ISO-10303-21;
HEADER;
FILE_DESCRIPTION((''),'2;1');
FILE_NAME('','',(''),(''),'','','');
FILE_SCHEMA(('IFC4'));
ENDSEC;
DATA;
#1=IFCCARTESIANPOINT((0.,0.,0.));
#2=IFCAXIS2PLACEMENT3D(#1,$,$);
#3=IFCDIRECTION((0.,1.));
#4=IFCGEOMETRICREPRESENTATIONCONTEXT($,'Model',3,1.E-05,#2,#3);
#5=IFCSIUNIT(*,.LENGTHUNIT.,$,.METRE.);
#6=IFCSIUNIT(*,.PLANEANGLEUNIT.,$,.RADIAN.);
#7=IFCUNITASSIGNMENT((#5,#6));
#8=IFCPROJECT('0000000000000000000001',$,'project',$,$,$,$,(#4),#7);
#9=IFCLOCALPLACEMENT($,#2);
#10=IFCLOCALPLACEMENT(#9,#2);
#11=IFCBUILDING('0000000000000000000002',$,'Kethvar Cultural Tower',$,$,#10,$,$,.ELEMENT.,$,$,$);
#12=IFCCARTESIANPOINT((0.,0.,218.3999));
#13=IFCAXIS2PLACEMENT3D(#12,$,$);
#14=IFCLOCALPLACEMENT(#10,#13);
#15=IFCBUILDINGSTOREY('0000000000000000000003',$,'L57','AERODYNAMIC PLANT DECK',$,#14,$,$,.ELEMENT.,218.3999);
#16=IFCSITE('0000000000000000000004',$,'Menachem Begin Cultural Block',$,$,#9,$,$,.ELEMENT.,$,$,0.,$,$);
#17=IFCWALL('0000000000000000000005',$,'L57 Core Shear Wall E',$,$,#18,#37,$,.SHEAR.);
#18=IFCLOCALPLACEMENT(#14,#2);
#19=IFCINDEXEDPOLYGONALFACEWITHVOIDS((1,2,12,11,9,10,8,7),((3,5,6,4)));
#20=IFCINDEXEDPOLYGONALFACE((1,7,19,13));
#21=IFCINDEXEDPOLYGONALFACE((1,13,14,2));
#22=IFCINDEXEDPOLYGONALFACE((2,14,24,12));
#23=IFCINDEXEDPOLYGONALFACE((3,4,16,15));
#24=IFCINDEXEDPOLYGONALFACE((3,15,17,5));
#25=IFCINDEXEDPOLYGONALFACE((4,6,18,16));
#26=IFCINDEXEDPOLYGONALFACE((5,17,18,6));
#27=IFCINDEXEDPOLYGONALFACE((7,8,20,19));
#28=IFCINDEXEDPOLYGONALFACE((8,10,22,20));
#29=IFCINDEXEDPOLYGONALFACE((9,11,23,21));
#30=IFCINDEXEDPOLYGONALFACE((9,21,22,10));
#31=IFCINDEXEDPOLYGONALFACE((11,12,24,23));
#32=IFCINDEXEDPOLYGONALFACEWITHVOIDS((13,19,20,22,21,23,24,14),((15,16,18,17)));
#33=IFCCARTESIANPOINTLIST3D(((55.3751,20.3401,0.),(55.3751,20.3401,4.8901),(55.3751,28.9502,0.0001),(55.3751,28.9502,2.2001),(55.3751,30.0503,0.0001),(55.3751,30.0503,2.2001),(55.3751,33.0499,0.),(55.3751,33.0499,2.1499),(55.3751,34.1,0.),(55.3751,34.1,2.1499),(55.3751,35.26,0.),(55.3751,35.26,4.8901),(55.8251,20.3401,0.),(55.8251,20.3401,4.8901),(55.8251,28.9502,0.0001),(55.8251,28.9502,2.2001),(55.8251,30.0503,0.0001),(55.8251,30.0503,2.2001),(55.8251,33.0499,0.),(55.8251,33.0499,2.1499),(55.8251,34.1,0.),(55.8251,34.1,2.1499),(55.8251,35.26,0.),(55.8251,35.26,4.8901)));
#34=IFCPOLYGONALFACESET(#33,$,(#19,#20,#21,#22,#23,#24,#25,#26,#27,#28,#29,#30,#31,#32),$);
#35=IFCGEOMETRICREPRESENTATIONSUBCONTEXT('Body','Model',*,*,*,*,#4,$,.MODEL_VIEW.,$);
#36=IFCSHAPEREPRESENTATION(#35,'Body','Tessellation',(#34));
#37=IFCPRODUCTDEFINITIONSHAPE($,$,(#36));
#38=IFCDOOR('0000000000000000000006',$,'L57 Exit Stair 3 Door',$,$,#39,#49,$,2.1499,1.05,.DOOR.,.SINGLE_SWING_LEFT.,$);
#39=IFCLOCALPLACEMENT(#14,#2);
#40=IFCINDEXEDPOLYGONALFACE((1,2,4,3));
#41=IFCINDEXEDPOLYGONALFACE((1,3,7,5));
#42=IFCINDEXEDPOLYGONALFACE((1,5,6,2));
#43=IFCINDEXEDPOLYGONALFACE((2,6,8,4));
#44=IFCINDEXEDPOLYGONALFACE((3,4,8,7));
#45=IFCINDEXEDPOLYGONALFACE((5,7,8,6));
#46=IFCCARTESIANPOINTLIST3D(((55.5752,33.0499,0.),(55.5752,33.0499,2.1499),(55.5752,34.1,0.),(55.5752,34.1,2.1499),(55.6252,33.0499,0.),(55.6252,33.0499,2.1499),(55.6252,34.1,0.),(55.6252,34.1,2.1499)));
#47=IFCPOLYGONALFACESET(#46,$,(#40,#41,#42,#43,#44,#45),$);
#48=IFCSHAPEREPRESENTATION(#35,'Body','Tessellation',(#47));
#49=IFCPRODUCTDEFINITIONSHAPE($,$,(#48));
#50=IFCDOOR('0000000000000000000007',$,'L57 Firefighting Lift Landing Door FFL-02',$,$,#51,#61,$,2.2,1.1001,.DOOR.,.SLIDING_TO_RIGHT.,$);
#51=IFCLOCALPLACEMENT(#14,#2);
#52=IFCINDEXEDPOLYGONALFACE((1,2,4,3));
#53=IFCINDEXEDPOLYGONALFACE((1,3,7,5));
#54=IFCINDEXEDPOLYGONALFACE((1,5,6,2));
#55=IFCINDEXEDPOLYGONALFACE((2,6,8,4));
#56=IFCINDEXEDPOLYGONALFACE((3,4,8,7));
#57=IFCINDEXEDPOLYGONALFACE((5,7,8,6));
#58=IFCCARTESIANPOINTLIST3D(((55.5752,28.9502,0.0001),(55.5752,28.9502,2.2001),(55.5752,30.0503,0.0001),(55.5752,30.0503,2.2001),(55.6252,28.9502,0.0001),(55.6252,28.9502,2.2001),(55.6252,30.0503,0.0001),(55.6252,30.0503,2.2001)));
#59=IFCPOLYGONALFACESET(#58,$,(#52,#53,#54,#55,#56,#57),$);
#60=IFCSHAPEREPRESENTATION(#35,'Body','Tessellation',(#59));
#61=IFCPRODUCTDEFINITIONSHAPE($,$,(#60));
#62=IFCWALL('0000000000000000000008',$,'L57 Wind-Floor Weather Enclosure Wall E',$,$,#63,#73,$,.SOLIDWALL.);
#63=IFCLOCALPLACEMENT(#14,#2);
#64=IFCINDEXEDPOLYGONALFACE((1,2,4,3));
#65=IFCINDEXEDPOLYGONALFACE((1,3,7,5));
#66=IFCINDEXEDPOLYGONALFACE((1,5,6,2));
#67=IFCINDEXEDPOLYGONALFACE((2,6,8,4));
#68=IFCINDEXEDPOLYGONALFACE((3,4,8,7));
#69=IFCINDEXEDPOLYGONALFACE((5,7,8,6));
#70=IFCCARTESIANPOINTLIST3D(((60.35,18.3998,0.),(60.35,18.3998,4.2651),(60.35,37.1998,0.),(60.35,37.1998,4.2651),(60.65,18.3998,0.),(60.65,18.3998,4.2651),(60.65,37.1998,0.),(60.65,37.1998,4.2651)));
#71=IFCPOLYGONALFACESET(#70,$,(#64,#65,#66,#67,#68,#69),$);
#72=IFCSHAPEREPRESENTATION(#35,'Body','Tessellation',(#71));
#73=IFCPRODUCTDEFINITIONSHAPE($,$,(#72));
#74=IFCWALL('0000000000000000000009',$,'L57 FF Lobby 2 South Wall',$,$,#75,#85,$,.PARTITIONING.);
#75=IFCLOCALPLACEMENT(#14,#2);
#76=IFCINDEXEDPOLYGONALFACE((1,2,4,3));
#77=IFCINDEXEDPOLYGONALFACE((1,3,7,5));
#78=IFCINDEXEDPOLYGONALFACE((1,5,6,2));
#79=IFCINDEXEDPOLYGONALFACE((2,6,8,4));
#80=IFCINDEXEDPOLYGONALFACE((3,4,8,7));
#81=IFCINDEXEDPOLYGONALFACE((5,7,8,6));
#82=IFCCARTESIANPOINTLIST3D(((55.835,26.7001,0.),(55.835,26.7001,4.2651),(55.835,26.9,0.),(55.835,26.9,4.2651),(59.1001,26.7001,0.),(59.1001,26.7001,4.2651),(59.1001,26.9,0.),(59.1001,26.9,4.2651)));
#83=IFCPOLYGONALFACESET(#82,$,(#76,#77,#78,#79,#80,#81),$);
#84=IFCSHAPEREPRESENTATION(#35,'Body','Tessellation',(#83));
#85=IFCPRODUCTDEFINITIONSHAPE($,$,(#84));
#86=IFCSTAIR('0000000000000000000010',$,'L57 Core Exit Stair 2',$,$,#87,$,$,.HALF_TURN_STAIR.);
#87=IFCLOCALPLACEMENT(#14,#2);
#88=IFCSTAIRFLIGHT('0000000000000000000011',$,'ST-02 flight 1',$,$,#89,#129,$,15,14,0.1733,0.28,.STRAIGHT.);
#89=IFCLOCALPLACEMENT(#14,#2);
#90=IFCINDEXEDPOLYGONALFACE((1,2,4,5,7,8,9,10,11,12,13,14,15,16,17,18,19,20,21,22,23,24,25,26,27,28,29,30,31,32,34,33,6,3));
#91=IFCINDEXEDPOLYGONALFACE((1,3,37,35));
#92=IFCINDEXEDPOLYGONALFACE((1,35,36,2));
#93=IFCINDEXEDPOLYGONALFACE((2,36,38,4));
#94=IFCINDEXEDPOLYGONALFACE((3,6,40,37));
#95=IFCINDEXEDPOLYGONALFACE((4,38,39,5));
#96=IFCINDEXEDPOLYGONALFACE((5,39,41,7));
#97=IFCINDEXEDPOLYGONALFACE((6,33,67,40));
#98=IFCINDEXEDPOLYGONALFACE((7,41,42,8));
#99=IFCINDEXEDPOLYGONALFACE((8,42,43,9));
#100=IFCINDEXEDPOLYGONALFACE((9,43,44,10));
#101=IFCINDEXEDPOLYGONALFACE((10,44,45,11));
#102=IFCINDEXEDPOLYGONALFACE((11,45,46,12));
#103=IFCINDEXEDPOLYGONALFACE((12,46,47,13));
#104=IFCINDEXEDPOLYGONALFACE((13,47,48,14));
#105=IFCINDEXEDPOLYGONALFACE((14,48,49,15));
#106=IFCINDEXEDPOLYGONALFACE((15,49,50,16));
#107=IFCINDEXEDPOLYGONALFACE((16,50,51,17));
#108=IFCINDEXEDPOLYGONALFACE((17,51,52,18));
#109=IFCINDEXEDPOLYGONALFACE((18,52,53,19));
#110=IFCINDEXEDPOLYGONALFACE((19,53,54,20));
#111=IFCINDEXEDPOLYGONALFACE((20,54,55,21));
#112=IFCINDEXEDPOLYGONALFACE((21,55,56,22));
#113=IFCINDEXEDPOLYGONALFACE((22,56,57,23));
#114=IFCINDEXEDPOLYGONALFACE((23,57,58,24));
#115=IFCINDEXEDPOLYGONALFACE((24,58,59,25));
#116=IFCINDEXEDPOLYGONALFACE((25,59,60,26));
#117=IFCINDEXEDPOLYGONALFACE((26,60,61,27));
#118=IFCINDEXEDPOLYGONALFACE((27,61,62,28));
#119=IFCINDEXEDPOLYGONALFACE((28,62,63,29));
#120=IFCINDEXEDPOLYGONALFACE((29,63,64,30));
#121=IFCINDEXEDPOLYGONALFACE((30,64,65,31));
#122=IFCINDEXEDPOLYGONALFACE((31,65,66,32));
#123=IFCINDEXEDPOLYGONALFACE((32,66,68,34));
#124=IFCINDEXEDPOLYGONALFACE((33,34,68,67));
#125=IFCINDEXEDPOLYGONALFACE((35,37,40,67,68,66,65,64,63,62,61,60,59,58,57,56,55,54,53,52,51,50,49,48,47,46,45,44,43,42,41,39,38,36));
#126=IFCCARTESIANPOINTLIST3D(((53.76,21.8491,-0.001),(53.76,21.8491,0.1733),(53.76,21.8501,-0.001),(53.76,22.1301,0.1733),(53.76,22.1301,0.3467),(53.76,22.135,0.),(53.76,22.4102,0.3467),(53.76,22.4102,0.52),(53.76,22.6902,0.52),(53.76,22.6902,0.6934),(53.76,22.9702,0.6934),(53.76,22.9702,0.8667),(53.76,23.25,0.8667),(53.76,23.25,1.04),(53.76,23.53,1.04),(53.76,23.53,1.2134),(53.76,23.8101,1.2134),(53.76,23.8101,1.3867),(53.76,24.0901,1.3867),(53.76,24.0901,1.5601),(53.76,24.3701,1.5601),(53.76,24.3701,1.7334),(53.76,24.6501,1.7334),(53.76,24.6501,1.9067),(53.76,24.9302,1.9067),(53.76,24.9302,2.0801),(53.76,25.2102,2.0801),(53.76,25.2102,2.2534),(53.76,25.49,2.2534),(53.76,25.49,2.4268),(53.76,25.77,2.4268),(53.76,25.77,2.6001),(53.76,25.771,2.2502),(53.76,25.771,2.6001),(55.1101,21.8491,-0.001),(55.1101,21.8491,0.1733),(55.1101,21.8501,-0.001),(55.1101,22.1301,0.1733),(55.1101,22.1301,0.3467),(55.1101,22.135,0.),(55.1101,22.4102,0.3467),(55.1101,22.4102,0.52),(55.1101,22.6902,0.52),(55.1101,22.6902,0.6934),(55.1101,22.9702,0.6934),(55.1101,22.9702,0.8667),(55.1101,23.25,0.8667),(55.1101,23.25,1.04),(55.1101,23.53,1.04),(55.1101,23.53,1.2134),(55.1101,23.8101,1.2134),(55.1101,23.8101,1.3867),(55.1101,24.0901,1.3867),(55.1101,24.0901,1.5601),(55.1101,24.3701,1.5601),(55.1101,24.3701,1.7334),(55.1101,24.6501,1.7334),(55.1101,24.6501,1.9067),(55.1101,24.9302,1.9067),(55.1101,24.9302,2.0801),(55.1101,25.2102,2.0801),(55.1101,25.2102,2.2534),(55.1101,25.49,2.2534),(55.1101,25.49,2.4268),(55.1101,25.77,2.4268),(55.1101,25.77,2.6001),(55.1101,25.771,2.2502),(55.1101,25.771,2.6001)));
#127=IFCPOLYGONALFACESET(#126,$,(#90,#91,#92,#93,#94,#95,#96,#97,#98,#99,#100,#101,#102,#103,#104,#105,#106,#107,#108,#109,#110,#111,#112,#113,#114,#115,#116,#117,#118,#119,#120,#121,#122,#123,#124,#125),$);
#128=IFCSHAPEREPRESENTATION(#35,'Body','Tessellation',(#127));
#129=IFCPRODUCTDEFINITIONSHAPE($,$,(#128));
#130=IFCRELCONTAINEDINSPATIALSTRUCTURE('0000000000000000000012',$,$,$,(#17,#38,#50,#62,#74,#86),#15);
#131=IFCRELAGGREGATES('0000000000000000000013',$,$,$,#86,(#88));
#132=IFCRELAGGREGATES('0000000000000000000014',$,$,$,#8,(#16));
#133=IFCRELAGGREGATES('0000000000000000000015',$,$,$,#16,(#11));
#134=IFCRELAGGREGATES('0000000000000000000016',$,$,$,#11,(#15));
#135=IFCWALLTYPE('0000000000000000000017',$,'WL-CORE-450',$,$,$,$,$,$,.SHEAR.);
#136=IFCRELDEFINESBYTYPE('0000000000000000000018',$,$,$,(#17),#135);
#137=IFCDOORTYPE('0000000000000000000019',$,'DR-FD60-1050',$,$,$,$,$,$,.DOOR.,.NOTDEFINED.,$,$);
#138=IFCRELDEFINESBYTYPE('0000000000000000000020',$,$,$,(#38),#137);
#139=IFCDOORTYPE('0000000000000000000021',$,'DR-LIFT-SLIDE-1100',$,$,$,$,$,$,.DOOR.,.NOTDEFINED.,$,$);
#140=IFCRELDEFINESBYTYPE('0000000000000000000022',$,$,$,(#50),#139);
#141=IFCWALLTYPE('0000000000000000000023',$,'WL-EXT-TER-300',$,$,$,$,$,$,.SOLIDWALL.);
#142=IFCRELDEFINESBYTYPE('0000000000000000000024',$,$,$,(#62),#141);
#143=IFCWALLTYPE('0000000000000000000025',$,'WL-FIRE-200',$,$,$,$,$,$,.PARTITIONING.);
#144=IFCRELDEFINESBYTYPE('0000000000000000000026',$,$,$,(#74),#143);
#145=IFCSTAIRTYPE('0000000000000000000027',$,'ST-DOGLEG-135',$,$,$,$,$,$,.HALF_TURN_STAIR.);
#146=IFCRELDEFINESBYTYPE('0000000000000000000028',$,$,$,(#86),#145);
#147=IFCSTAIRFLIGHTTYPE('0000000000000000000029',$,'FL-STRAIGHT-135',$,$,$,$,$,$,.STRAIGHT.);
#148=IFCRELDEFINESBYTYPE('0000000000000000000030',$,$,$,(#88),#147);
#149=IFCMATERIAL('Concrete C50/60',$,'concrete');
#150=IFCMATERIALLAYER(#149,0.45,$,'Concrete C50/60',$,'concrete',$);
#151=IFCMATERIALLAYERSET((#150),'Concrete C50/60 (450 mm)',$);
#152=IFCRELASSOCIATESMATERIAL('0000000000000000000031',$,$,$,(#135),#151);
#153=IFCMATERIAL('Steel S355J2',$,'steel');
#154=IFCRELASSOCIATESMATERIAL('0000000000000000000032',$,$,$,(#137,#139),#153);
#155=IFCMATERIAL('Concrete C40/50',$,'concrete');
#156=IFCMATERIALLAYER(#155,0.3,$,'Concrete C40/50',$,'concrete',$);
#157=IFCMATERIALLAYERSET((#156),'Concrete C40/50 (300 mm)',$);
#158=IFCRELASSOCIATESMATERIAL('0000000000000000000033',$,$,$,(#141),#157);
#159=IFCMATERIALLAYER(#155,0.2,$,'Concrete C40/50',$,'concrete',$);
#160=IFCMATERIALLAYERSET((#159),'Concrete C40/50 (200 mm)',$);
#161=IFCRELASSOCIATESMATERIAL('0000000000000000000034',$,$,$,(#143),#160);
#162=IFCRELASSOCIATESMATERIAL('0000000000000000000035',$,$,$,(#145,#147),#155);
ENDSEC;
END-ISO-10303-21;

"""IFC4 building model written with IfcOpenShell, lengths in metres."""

from ifc_helpers import new_model, si_unit, direction, frame, frame_2d, origin, place, context, subcontext, project, spatial, polyline, rectangle, outline, extrude, source, transform, mapped, material, layer, layer_set, type_object, element, fill, aggregate, save


model = new_model("IFC4")

# Units and contexts
model_context = context("Model", 3, precision=1e-05, world=origin(), true_north=direction((0.0, 1.0)))
body_context = subcontext(model_context, "Body", "Model", "MODEL_VIEW")
ifc_project = project(units=[si_unit("LENGTHUNIT", "METRE"), si_unit("PLANEANGLEUNIT", "RADIAN")], contexts=[model_context])

# Site, building, storey
site_placement = place(None, origin())
site = spatial("IfcSite", under=ifc_project, at=site_placement, Name="Menachem Begin Cultural Block", CompositionType="ELEMENT", RefElevation=0.0)
building_placement = place(site_placement, origin())
building = spatial("IfcBuilding", under=site, at=building_placement, Name="Kethvar Cultural Tower", CompositionType="ELEMENT")
storey_placement = place(building_placement, frame((0.0, 0.0, 218.3999)))
storey = spatial("IfcBuildingStorey", under=building, at=storey_placement, Name="L57", Description="AERODYNAMIC PLANT DECK", CompositionType="ELEMENT", Elevation=218.3999)

# Shared definitions
ifc_material_1 = material(Name="Steel S355J2", Category="steel")

# Wall, openings, doors
ifc_material_2 = material(Name="Concrete C50/60", Category="concrete")
ifc_layer_1 = layer(ifc_material_2, 0.45, Name="Concrete C50/60", Category="concrete")
ifc_layer_set_1 = layer_set([ifc_layer_1], Name="Concrete C50/60 (450 mm)")
wall_type_1 = type_object("IfcWallType", Name="WL-CORE-450", PredefinedType="SHEAR", material=ifc_layer_set_1)
wall_1_placement = place(storey_placement, frame((55.6001, 20.3401, 0.0), z_axis=(0.0, 0.0, 1.0), x_axis=(0.0, 1.0, 0.0)))
wall_1 = element("IfcWall", 1, at=wall_1_placement, inside=storey, type_object=wall_type_1, Name="L57 Core Shear Wall E", PredefinedType="SHEAR", context=body_context, shape_type="SweptSolid", body=[
    extrude(rectangle(XDim=14.9199, YDim=0.45, at=frame_2d((7.46, 0.0))), origin(), (0.0, 0.0, 1.0), 4.8901),
])
opening_1_placement = place(wall_1_placement, frame((12.71, 0.0, 0.0)))
opening_1 = element("IfcOpeningElement", 2, at=opening_1_placement, cuts=wall_1, PredefinedType="OPENING", context=body_context, shape_type="SweptSolid", body=[
    extrude(rectangle(XDim=1.05, YDim=2.1499, at=frame_2d((0.5249, 1.075))), frame((0.0, 0.2349, 0.0), z_axis=(0.0, -1.0, 0.0), x_axis=(1.0, 0.0, 0.0)), (0.0, 0.0, 1.0), 0.47),
])
opening_2_placement = place(wall_1_placement, frame((8.6101, 0.0, 0.0)))
opening_2 = element("IfcOpeningElement", 3, at=opening_2_placement, cuts=wall_1, PredefinedType="OPENING", context=body_context, shape_type="SweptSolid", body=[
    extrude(rectangle(XDim=1.1001, YDim=2.2, at=frame_2d((0.55, 1.1001))), frame((0.0, 0.2349, 0.0), z_axis=(0.0, -1.0, 0.0), x_axis=(1.0, 0.0, 0.0)), (0.0, 0.0, 1.0), 0.47),
])
door_type_1 = type_object("IfcDoorType", Name="DR-FD60-1050", OperationType="NOTDEFINED", PredefinedType="DOOR", material=ifc_material_1)
shared_shape_1 = source(origin(), body_context, "Body", "SweptSolid", [
    extrude(rectangle(XDim=1.05, YDim=2.1499, at=frame_2d((0.5249, 1.075))), frame((0.0, 0.0249, 0.0), z_axis=(0.0, -1.0, 0.0), x_axis=(1.0, 0.0, 0.0)), (0.0, 0.0, 1.0), 0.05),
])
door_1_placement = place(opening_1_placement, origin())
door_1 = element("IfcDoor", 4, at=door_1_placement, inside=storey, type_object=door_type_1, Name="L57 Exit Stair 3 Door", OperationType="SINGLE_SWING_LEFT", OverallHeight=2.1499, OverallWidth=1.05, PredefinedType="DOOR", context=body_context, shape_type="MappedRepresentation", body=[
    mapped(shared_shape_1, transform((0.0, 0.0, 0.0), scale=1.0)),
])
fill(opening_1, door_1)
door_type_2 = type_object("IfcDoorType", Name="DR-LIFT-SLIDE-1100", OperationType="NOTDEFINED", PredefinedType="DOOR", material=ifc_material_1)
shared_shape_2 = source(origin(), body_context, "Body", "SweptSolid", [
    extrude(rectangle(XDim=1.1001, YDim=2.2, at=frame_2d((0.55, 1.1001))), frame((0.0, 0.0249, 0.0), z_axis=(0.0, -1.0, 0.0), x_axis=(1.0, 0.0, 0.0)), (0.0, 0.0, 1.0), 0.05),
])
door_2_placement = place(opening_2_placement, origin())
door_2 = element("IfcDoor", 5, at=door_2_placement, inside=storey, type_object=door_type_2, Name="L57 Firefighting Lift Landing Door FFL-02", OperationType="SLIDING_TO_RIGHT", OverallHeight=2.2, OverallWidth=1.1001, PredefinedType="DOOR", context=body_context, shape_type="MappedRepresentation", body=[
    mapped(shared_shape_2, transform((0.0, 0.0, 0.0), scale=1.0)),
])
fill(opening_2, door_2)

# Wall
ifc_material_3 = material(Name="Concrete C40/50", Category="concrete")
ifc_layer_2 = layer(ifc_material_3, 0.3, Name="Concrete C40/50", Category="concrete")
ifc_layer_set_2 = layer_set([ifc_layer_2], Name="Concrete C40/50 (300 mm)")
wall_type_2 = type_object("IfcWallType", Name="WL-EXT-TER-300", PredefinedType="SOLIDWALL", material=ifc_layer_set_2)
wall_2_placement = place(storey_placement, frame((60.5, 18.3999, 0.0), z_axis=(0.0, 0.0, 1.0), x_axis=(0.0, 1.0, 0.0)))
element("IfcWall", 6, at=wall_2_placement, inside=storey, type_object=wall_type_2, Name="L57 Wind-Floor Weather Enclosure Wall E", PredefinedType="SOLIDWALL", context=body_context, shape_type="SweptSolid", body=[
    extrude(rectangle(XDim=18.8, YDim=0.3, at=frame_2d((9.3999, 0.0))), origin(), (0.0, 0.0, 1.0), 4.2651),
])

# Shared definitions
ifc_layer_3 = layer(ifc_material_3, 0.2, Name="Concrete C40/50", Category="concrete")
ifc_layer_set_3 = layer_set([ifc_layer_3], Name="Concrete C40/50 (200 mm)")
wall_type_3 = type_object("IfcWallType", Name="WL-FIRE-200", PredefinedType="PARTITIONING", material=ifc_layer_set_3)

# Wall
wall_3_placement = place(storey_placement, frame((55.835, 26.8, 0.0), z_axis=(0.0, 0.0, 1.0), x_axis=(1.0, 0.0, 0.0)))
element("IfcWall", 7, at=wall_3_placement, inside=storey, type_object=wall_type_3, Name="L57 FF Lobby 2 South Wall", PredefinedType="PARTITIONING", context=body_context, shape_type="SweptSolid", body=[
    extrude(rectangle(XDim=3.2651, YDim=0.2, at=frame_2d((1.6326, 0.0))), origin(), (0.0, 0.0, 1.0), 4.2651),
])

# Stair, stair flight
stair_type = type_object("IfcStairType", Name="ST-DOGLEG-135", PredefinedType="HALF_TURN_STAIR", material=ifc_material_3)
stair_placement = place(storey_placement, origin())
stair = element("IfcStair", 8, at=stair_placement, inside=storey, type_object=stair_type, Name="L57 Core Exit Stair 2", PredefinedType="HALF_TURN_STAIR")
stair_flight_type = type_object("IfcStairFlightType", Name="FL-STRAIGHT-135", PredefinedType="STRAIGHT", material=ifc_material_3)
stair_flight_placement = place(storey_placement, frame((54.4351, 21.8501, 0.0), z_axis=(0.0, 0.0, 1.0), x_axis=(0.0, 1.0, 0.0)))
stair_flight = element("IfcStairFlight", 9, at=stair_flight_placement, type_object=stair_flight_type, Name="ST-02 flight 1", NumberOfRisers=15, NumberOfTreads=14, PredefinedType="STRAIGHT", RiserHeight=0.1733, TreadLength=0.28, context=body_context, shape_type="SweptSolid", body=[
    extrude(outline(polyline([(-0.001, -0.001), (-0.001, 0.1733), (0.28, 0.1733), (0.28, 0.3467), (0.5601, 0.3467), (0.5601, 0.52), (0.8401, 0.52), (0.8401, 0.6934), (1.1201, 0.6934), (1.1201, 0.8667), (1.3999, 0.8667), (1.3999, 1.04), (1.6799, 1.04), (1.6799, 1.2134), (1.96, 1.2134), (1.96, 1.3867), (2.24, 1.3867), (2.24, 1.5601), (2.52, 1.5601), (2.52, 1.7334), (2.8, 1.7334), (2.8, 1.9067), (3.0801, 1.9067), (3.0801, 2.0801), (3.3601, 2.0801), (3.3601, 2.2534), (3.6399, 2.2534), (3.6399, 2.4268), (3.9199, 2.4268), (3.9199, 2.6001), (3.9209, 2.6001), (3.9209, 2.2502), (0.2849, 0.0), (0.0, -0.001), (-0.001, -0.001)])), frame((0.0, 0.675, 0.0), z_axis=(0.0, -1.0, 0.0), x_axis=(1.0, 0.0, 0.0)), (0.0, 0.0, 1.0), 1.3501),
])
aggregate(stair, [stair_flight])

save(model, "model.ifc")
